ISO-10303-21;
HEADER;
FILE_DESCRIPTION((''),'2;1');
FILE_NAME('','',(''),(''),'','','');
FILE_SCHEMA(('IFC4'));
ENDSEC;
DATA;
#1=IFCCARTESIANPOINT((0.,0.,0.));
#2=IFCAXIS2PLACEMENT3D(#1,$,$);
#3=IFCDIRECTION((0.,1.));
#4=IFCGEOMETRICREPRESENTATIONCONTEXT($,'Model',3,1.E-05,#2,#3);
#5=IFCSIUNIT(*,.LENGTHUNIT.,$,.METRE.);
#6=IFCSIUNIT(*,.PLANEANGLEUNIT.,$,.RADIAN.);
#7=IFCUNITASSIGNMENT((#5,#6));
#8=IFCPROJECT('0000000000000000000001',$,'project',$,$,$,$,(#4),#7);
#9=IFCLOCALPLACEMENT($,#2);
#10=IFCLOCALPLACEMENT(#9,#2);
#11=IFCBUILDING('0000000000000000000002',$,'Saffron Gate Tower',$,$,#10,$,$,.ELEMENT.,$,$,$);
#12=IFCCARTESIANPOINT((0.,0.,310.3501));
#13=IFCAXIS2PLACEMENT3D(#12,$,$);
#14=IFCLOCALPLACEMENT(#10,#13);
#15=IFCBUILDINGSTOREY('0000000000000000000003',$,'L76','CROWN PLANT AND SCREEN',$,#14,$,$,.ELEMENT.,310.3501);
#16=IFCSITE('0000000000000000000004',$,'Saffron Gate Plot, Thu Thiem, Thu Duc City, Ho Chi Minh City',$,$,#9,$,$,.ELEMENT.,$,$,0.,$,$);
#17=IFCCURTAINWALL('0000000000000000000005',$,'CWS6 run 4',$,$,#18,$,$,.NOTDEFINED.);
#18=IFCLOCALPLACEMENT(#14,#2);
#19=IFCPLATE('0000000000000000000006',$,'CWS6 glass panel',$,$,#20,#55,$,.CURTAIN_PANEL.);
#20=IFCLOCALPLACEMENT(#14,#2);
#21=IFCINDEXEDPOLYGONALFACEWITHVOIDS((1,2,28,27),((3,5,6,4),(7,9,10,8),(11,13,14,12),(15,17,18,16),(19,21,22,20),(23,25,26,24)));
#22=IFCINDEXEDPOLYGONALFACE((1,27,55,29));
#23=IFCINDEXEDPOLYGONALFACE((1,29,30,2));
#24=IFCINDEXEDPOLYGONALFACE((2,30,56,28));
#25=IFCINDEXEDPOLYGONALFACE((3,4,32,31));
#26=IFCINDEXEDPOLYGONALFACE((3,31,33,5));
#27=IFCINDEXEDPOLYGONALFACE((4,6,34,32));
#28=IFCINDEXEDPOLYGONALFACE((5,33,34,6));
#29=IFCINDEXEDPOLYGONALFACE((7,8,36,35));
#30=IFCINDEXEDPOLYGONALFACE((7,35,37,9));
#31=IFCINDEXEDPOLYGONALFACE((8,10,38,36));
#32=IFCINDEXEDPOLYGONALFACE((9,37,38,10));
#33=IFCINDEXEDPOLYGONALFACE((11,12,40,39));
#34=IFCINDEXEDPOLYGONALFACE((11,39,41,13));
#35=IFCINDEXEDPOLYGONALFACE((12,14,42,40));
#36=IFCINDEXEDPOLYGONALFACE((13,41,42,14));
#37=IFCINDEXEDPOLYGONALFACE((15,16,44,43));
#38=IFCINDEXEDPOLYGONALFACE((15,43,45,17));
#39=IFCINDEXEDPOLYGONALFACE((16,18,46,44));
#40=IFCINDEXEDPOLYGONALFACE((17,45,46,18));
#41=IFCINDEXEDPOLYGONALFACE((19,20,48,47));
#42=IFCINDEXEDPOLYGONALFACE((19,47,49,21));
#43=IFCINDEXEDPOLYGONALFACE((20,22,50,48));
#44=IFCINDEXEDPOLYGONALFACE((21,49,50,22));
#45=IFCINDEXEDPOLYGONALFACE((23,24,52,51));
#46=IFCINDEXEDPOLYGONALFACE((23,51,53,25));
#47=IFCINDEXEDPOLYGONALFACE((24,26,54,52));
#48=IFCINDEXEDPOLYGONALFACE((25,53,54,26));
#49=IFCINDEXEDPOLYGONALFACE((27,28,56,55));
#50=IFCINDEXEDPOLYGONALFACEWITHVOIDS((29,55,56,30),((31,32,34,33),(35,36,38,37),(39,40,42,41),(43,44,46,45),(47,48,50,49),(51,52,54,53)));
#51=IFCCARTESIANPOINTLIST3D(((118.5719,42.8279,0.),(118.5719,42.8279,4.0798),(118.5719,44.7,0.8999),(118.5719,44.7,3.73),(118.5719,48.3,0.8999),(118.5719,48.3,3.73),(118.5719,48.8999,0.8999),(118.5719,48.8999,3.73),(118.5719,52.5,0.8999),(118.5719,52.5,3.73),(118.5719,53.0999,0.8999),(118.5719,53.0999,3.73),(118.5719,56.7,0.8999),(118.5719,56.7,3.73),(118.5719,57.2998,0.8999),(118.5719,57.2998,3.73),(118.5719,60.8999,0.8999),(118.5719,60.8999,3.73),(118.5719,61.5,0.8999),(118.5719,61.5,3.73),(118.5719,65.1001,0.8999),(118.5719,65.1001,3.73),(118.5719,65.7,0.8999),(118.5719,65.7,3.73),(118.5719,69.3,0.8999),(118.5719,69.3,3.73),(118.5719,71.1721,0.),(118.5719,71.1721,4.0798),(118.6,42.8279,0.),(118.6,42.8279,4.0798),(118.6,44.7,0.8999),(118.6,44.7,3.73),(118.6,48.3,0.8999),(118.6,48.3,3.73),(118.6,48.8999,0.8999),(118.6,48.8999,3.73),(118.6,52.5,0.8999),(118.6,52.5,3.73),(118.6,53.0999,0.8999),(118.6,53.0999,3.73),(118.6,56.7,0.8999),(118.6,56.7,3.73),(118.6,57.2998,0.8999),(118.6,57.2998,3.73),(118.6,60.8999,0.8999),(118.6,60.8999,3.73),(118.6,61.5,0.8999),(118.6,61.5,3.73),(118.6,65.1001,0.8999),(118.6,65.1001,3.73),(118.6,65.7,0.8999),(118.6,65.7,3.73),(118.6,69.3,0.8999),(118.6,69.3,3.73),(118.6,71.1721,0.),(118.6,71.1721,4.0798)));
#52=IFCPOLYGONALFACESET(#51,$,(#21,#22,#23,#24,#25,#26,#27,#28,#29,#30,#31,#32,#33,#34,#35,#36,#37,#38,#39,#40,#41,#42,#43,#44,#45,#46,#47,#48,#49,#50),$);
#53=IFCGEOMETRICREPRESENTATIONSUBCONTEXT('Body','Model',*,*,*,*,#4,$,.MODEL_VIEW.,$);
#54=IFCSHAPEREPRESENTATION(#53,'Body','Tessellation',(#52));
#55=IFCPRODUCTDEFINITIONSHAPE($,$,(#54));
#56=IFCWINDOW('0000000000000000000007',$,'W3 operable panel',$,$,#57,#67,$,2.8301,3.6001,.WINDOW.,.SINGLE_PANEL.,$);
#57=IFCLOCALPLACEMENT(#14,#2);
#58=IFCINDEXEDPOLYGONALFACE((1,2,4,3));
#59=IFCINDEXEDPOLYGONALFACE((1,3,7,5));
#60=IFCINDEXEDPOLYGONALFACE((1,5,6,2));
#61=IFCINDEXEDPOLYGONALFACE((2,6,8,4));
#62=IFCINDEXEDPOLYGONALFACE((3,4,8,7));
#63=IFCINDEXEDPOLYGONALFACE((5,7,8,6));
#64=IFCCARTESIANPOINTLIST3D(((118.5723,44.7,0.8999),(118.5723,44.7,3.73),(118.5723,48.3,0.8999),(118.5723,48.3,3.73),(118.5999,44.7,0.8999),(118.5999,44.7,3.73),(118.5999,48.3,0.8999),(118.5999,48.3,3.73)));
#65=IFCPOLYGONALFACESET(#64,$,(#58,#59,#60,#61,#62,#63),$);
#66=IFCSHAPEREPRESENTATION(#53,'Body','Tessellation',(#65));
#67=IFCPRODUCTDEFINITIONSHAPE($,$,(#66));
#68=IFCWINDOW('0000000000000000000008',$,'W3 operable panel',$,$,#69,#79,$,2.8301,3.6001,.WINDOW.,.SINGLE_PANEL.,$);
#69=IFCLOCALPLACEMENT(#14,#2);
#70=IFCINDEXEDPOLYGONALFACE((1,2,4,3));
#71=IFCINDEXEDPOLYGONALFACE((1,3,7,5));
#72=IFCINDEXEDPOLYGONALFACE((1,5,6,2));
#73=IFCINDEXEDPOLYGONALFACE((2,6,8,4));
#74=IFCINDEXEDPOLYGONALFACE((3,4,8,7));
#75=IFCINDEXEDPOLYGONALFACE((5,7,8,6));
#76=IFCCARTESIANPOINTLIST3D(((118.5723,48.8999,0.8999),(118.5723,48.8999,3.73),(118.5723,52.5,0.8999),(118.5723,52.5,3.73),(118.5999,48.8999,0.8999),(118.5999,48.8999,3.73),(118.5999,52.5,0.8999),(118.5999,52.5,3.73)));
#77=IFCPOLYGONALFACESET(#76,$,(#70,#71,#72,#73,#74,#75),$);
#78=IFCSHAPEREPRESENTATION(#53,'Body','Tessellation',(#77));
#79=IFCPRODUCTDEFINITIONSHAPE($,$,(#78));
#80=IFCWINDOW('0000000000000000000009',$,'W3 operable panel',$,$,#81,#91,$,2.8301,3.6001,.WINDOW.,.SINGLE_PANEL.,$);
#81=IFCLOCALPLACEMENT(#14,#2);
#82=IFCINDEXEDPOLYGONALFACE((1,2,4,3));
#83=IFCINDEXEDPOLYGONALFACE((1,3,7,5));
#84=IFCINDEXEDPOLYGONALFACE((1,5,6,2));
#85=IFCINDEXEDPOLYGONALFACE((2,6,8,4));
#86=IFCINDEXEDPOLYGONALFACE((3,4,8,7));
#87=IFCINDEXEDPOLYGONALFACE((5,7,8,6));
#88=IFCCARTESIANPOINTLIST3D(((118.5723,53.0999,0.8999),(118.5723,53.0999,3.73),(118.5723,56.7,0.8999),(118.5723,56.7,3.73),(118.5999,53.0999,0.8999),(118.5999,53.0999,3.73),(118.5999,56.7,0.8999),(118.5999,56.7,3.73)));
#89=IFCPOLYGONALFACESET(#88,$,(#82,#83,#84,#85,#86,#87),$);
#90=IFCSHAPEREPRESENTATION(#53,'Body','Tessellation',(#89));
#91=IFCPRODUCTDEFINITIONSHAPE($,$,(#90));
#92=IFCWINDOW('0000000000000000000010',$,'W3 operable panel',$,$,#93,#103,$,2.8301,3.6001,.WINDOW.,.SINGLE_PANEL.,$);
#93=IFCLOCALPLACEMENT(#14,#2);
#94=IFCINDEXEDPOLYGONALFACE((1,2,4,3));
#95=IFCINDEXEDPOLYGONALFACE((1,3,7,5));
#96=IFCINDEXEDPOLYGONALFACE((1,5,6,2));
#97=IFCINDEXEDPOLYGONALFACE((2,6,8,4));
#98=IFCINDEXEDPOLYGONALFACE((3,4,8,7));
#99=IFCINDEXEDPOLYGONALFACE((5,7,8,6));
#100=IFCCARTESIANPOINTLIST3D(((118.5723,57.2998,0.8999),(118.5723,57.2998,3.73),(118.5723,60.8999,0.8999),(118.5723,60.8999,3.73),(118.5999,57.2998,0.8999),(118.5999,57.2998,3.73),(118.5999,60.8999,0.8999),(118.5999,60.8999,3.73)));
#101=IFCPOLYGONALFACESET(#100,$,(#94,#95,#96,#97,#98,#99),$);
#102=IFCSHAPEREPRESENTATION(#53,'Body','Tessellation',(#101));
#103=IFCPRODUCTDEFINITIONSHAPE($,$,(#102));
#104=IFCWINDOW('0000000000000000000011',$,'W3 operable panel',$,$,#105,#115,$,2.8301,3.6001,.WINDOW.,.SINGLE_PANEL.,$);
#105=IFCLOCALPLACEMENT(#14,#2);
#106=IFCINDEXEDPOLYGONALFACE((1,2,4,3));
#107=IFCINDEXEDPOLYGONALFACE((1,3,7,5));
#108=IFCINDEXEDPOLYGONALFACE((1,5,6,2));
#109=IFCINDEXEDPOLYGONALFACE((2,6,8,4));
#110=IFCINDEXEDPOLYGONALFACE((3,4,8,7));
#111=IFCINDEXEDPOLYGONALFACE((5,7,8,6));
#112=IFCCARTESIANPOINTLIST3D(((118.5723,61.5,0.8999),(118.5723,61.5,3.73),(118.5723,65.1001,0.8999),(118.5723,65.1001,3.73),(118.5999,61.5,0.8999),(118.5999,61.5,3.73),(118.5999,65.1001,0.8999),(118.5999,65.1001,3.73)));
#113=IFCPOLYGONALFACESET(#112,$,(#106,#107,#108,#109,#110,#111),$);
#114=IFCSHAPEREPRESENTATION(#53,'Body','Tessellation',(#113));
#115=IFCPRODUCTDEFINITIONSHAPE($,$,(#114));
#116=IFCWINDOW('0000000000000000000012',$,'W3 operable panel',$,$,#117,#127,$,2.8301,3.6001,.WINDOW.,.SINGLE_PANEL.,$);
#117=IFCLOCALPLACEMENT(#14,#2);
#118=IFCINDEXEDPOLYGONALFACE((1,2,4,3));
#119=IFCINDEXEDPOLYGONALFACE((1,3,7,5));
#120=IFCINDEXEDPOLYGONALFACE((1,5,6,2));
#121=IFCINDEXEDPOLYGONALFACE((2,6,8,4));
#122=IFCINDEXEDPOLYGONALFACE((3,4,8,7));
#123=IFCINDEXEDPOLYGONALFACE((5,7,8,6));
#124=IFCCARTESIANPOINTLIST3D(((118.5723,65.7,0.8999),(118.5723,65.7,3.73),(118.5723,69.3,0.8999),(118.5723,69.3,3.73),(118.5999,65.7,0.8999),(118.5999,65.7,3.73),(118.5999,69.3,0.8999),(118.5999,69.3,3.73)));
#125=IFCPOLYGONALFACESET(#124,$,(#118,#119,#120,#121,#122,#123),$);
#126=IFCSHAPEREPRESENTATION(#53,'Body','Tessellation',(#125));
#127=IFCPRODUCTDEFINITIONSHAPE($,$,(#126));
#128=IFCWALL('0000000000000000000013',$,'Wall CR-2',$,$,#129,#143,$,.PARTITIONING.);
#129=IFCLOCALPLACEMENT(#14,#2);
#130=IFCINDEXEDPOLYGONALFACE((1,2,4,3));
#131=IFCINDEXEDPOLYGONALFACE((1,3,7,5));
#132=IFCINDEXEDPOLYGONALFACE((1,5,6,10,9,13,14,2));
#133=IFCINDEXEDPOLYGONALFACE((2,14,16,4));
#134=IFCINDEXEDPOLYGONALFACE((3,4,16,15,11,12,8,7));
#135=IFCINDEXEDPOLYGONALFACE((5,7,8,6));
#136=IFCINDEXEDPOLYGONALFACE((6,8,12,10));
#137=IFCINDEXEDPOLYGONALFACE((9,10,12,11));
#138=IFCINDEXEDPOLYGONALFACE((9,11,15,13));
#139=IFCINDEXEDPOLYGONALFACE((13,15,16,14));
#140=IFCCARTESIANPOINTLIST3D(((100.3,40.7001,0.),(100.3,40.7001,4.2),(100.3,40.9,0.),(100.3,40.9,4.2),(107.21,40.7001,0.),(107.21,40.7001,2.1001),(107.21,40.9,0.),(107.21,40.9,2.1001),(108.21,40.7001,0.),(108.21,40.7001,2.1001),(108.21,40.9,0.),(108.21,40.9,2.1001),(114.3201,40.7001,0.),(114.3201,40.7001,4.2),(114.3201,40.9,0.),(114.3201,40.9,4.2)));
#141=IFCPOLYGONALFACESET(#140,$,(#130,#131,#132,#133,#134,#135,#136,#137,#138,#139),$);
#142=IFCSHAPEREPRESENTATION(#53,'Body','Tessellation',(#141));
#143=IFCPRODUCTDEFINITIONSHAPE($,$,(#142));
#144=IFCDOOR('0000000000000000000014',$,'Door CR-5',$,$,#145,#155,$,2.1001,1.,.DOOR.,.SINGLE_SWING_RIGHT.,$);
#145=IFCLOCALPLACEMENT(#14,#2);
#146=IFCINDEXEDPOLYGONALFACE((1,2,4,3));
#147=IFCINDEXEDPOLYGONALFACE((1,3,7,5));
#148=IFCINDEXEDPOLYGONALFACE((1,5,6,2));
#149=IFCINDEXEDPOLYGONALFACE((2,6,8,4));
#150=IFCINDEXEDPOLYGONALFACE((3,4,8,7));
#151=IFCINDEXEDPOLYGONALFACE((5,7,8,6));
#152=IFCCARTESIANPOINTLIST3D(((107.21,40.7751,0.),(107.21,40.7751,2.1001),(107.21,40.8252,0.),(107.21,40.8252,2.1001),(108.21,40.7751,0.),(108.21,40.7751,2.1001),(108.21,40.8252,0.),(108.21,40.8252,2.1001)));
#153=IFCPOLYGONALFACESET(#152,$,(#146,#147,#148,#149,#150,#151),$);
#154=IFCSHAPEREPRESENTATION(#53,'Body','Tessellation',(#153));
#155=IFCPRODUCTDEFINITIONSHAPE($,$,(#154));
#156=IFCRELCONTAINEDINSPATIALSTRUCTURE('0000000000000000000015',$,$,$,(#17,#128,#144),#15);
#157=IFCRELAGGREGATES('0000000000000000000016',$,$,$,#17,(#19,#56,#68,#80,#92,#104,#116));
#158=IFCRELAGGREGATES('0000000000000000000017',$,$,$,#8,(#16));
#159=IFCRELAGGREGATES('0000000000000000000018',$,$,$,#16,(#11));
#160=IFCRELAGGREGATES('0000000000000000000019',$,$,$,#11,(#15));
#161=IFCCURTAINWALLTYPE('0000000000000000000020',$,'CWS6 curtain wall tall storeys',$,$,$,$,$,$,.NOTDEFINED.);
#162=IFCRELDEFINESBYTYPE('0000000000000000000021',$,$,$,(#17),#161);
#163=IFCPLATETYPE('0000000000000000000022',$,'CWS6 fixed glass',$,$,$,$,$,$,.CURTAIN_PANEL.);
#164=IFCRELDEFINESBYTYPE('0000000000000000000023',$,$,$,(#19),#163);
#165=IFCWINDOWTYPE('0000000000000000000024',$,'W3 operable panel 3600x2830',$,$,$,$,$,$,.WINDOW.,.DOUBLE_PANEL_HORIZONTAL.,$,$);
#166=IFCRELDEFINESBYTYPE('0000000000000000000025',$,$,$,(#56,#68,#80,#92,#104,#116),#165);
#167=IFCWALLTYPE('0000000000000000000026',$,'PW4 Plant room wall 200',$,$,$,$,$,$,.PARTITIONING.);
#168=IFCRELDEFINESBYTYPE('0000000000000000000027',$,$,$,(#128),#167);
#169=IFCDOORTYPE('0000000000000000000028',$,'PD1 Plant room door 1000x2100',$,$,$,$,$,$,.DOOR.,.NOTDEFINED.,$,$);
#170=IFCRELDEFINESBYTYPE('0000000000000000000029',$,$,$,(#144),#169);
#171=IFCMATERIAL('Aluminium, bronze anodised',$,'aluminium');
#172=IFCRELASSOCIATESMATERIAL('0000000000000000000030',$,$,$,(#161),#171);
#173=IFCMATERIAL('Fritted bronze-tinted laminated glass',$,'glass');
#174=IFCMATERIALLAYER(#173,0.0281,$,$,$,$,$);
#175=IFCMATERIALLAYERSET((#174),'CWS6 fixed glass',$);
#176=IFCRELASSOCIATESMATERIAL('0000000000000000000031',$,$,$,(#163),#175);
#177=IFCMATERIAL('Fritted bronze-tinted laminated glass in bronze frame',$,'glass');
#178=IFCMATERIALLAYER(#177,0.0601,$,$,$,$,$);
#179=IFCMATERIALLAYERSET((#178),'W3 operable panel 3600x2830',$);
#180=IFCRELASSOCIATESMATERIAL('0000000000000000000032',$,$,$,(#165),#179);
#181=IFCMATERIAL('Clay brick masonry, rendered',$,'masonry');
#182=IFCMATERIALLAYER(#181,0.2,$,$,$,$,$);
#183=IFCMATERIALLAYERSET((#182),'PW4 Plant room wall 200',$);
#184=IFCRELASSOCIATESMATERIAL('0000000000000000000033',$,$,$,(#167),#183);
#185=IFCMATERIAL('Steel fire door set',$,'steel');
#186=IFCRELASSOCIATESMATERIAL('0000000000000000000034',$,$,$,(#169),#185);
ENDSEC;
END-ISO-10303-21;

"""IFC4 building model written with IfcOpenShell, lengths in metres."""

from ifc_helpers import new_model, si_unit, direction, frame, frame_2d, origin, place, context, subcontext, project, spatial, rectangle, extrude, material, layer, layer_set, type_object, element, fill, aggregate, save


model = new_model("IFC4")

# Units and contexts
model_context = context("Model", 3, precision=1e-05, world=origin(), true_north=direction((0.0, 1.0)))
body_context = subcontext(model_context, "Body", "Model", "MODEL_VIEW")
ifc_project = project(units=[si_unit("LENGTHUNIT", "METRE"), si_unit("PLANEANGLEUNIT", "RADIAN")], contexts=[model_context])

# Site, building, storey
site_placement = place(None, origin())
site = spatial("IfcSite", under=ifc_project, at=site_placement, Name="Saffron Gate Plot, Thu Thiem, Thu Duc City, Ho Chi Minh City", CompositionType="ELEMENT", RefElevation=0.0)
building_placement = place(site_placement, origin())
building = spatial("IfcBuilding", under=site, at=building_placement, Name="Saffron Gate Tower", CompositionType="ELEMENT")
storey_placement = place(building_placement, frame((0.0, 0.0, 310.3501)))
storey = spatial("IfcBuildingStorey", under=building, at=storey_placement, Name="L76", Description="CROWN PLANT AND SCREEN", CompositionType="ELEMENT", Elevation=310.3501)

# Curtain wall
ifc_material_1 = material(Name="Aluminium, bronze anodised", Category="aluminium")
curtain_wall_type = type_object("IfcCurtainWallType", Name="CWS6 curtain wall tall storeys", PredefinedType="NOTDEFINED", material=ifc_material_1)
curtain_wall_1_placement = place(storey_placement, origin())
curtain_wall_1 = element("IfcCurtainWall", 1, at=curtain_wall_1_placement, inside=storey, type_object=curtain_wall_type, Name="CWS6 run 4", PredefinedType="NOTDEFINED")

# Shared definitions
ifc_material_2 = material(Name="Fritted bronze-tinted laminated glass", Category="glass")
ifc_layer_1 = layer(ifc_material_2, 0.0281)
ifc_layer_set_1 = layer_set([ifc_layer_1], Name="CWS6 fixed glass")
plate_type = type_object("IfcPlateType", Name="CWS6 fixed glass", PredefinedType="CURTAIN_PANEL", material=ifc_layer_set_1)

# Plate, openings, windows
plate_1_placement = place(storey_placement, frame((118.5859, 42.8279, 0.0), z_axis=(0.0, 0.0, 1.0), x_axis=(0.0, 1.0, 0.0)))
plate_1 = element("IfcPlate", 2, at=plate_1_placement, type_object=plate_type, Name="CWS6 glass panel", PredefinedType="CURTAIN_PANEL", context=body_context, shape_type="SweptSolid", body=[
    extrude(rectangle(XDim=28.3442, YDim=0.0281, at=frame_2d((14.1721, 0.0))), origin(), (0.0, 0.0, 1.0), 4.0798),
])
opening_1_placement = place(plate_1_placement, frame((1.8721, 0.0, 0.8999)))
opening_1 = element("IfcOpeningElement", 3, at=opening_1_placement, cuts=plate_1, PredefinedType="OPENING", context=body_context, shape_type="SweptSolid", body=[
    extrude(rectangle(XDim=3.6001, YDim=2.8301, at=frame_2d((1.8, 1.415))), frame((0.0, 0.0239, 0.0), z_axis=(0.0, -1.0, 0.0), x_axis=(1.0, 0.0, 0.0)), (0.0, 0.0, 1.0), 0.0481),
])
opening_2_placement = place(plate_1_placement, frame((6.072, 0.0, 0.8999)))
opening_2 = element("IfcOpeningElement", 4, at=opening_2_placement, cuts=plate_1, PredefinedType="OPENING", context=body_context, shape_type="SweptSolid", body=[
    extrude(rectangle(XDim=3.6001, YDim=2.8301, at=frame_2d((1.8, 1.415))), frame((0.0, 0.0239, 0.0), z_axis=(0.0, -1.0, 0.0), x_axis=(1.0, 0.0, 0.0)), (0.0, 0.0, 1.0), 0.0481),
])
opening_3_placement = place(plate_1_placement, frame((10.272, 0.0, 0.8999)))
opening_3 = element("IfcOpeningElement", 5, at=opening_3_placement, cuts=plate_1, PredefinedType="OPENING", context=body_context, shape_type="SweptSolid", body=[
    extrude(rectangle(XDim=3.6001, YDim=2.8301, at=frame_2d((1.8, 1.415))), frame((0.0, 0.0239, 0.0), z_axis=(0.0, -1.0, 0.0), x_axis=(1.0, 0.0, 0.0)), (0.0, 0.0, 1.0), 0.0481),
])
opening_4_placement = place(plate_1_placement, frame((14.4719, 0.0, 0.8999)))
opening_4 = element("IfcOpeningElement", 6, at=opening_4_placement, cuts=plate_1, PredefinedType="OPENING", context=body_context, shape_type="SweptSolid", body=[
    extrude(rectangle(XDim=3.6001, YDim=2.8301, at=frame_2d((1.8, 1.415))), frame((0.0, 0.0239, 0.0), z_axis=(0.0, -1.0, 0.0), x_axis=(1.0, 0.0, 0.0)), (0.0, 0.0, 1.0), 0.0481),
])
opening_5_placement = place(plate_1_placement, frame((18.6721, 0.0, 0.8999)))
opening_5 = element("IfcOpeningElement", 7, at=opening_5_placement, cuts=plate_1, PredefinedType="OPENING", context=body_context, shape_type="SweptSolid", body=[
    extrude(rectangle(XDim=3.6001, YDim=2.8301, at=frame_2d((1.8, 1.415))), frame((0.0, 0.0239, 0.0), z_axis=(0.0, -1.0, 0.0), x_axis=(1.0, 0.0, 0.0)), (0.0, 0.0, 1.0), 0.0481),
])
opening_6_placement = place(plate_1_placement, frame((22.8721, 0.0, 0.8999)))
opening_6 = element("IfcOpeningElement", 8, at=opening_6_placement, cuts=plate_1, PredefinedType="OPENING", context=body_context, shape_type="SweptSolid", body=[
    extrude(rectangle(XDim=3.6001, YDim=2.8301, at=frame_2d((1.8, 1.415))), frame((0.0, 0.0239, 0.0), z_axis=(0.0, -1.0, 0.0), x_axis=(1.0, 0.0, 0.0)), (0.0, 0.0, 1.0), 0.0481),
])
ifc_material_3 = material(Name="Fritted bronze-tinted laminated glass in bronze frame", Category="glass")
ifc_layer_2 = layer(ifc_material_3, 0.0601)
ifc_layer_set_2 = layer_set([ifc_layer_2], Name="W3 operable panel 3600x2830")
window_type = type_object("IfcWindowType", Name="W3 operable panel 3600x2830", PartitioningType="DOUBLE_PANEL_HORIZONTAL", PredefinedType="WINDOW", material=ifc_layer_set_2)
window_1_placement = place(opening_1_placement, origin())
window_1 = element("IfcWindow", 9, at=window_1_placement, type_object=window_type, Name="W3 operable panel", OverallHeight=2.8301, OverallWidth=3.6001, PartitioningType="SINGLE_PANEL", PredefinedType="WINDOW", context=body_context, shape_type="SweptSolid", body=[
    extrude(rectangle(XDim=3.6001, YDim=2.8301, at=frame_2d((1.8, 1.415))), frame((0.0, 0.0137, 0.0), z_axis=(0.0, -1.0, 0.0), x_axis=(1.0, 0.0, 0.0)), (0.0, 0.0, 1.0), 0.0276),
])
fill(opening_1, window_1)
window_2_placement = place(opening_2_placement, origin())
window_2 = element("IfcWindow", 10, at=window_2_placement, type_object=window_type, Name="W3 operable panel", OverallHeight=2.8301, OverallWidth=3.6001, PartitioningType="SINGLE_PANEL", PredefinedType="WINDOW", context=body_context, shape_type="SweptSolid", body=[
    extrude(rectangle(XDim=3.6001, YDim=2.8301, at=frame_2d((1.8, 1.415))), frame((0.0, 0.0137, 0.0), z_axis=(0.0, -1.0, 0.0), x_axis=(1.0, 0.0, 0.0)), (0.0, 0.0, 1.0), 0.0276),
])
fill(opening_2, window_2)
window_3_placement = place(opening_3_placement, origin())
window_3 = element("IfcWindow", 11, at=window_3_placement, type_object=window_type, Name="W3 operable panel", OverallHeight=2.8301, OverallWidth=3.6001, PartitioningType="SINGLE_PANEL", PredefinedType="WINDOW", context=body_context, shape_type="SweptSolid", body=[
    extrude(rectangle(XDim=3.6001, YDim=2.8301, at=frame_2d((1.8, 1.415))), frame((0.0, 0.0137, 0.0), z_axis=(0.0, -1.0, 0.0), x_axis=(1.0, 0.0, 0.0)), (0.0, 0.0, 1.0), 0.0276),
])
fill(opening_3, window_3)
window_4_placement = place(opening_4_placement, origin())
window_4 = element("IfcWindow", 12, at=window_4_placement, type_object=window_type, Name="W3 operable panel", OverallHeight=2.8301, OverallWidth=3.6001, PartitioningType="SINGLE_PANEL", PredefinedType="WINDOW", context=body_context, shape_type="SweptSolid", body=[
    extrude(rectangle(XDim=3.6001, YDim=2.8301, at=frame_2d((1.8, 1.415))), frame((0.0, 0.0137, 0.0), z_axis=(0.0, -1.0, 0.0), x_axis=(1.0, 0.0, 0.0)), (0.0, 0.0, 1.0), 0.0276),
])
fill(opening_4, window_4)
window_5_placement = place(opening_5_placement, origin())
window_5 = element("IfcWindow", 13, at=window_5_placement, type_object=window_type, Name="W3 operable panel", OverallHeight=2.8301, OverallWidth=3.6001, PartitioningType="SINGLE_PANEL", PredefinedType="WINDOW", context=body_context, shape_type="SweptSolid", body=[
    extrude(rectangle(XDim=3.6001, YDim=2.8301, at=frame_2d((1.8, 1.415))), frame((0.0, 0.0137, 0.0), z_axis=(0.0, -1.0, 0.0), x_axis=(1.0, 0.0, 0.0)), (0.0, 0.0, 1.0), 0.0276),
])
fill(opening_5, window_5)
window_6_placement = place(opening_6_placement, origin())
window_6 = element("IfcWindow", 14, at=window_6_placement, type_object=window_type, Name="W3 operable panel", OverallHeight=2.8301, OverallWidth=3.6001, PartitioningType="SINGLE_PANEL", PredefinedType="WINDOW", context=body_context, shape_type="SweptSolid", body=[
    extrude(rectangle(XDim=3.6001, YDim=2.8301, at=frame_2d((1.8, 1.415))), frame((0.0, 0.0137, 0.0), z_axis=(0.0, -1.0, 0.0), x_axis=(1.0, 0.0, 0.0)), (0.0, 0.0, 1.0), 0.0276),
])
fill(opening_6, window_6)
aggregate(curtain_wall_1, [plate_1, window_1, window_2, window_3, window_4, window_5, window_6])

# Wall, opening, door
ifc_material_4 = material(Name="Clay brick masonry, rendered", Category="masonry")
ifc_layer_3 = layer(ifc_material_4, 0.2)
ifc_layer_set_3 = layer_set([ifc_layer_3], Name="PW4 Plant room wall 200")
wall_type_1 = type_object("IfcWallType", Name="PW4 Plant room wall 200", PredefinedType="PARTITIONING", material=ifc_layer_set_3)
wall_1_placement = place(storey_placement, frame((114.3201, 40.8, 0.0), z_axis=(0.0, 0.0, 1.0), x_axis=(-1.0, 0.0, 0.0)))
wall_1 = element("IfcWall", 15, at=wall_1_placement, inside=storey, type_object=wall_type_1, Name="Wall CR-2", PredefinedType="PARTITIONING", context=body_context, shape_type="SweptSolid", body=[
    extrude(rectangle(XDim=14.02, YDim=0.2, at=frame_2d((7.01, 0.0))), origin(), (0.0, 0.0, 1.0), 4.2),
])
opening_7_placement = place(wall_1_placement, frame((6.1101, 0.0, 0.0)))
opening_7 = element("IfcOpeningElement", 16, at=opening_7_placement, cuts=wall_1, PredefinedType="OPENING", context=body_context, shape_type="SweptSolid", body=[
    extrude(rectangle(XDim=1.0, YDim=2.1001, at=frame_2d((0.5, 1.05))), frame((0.0, 0.1099, 0.0), z_axis=(0.0, -1.0, 0.0), x_axis=(1.0, 0.0, 0.0)), (0.0, 0.0, 1.0), 0.22),
])
ifc_material_5 = material(Name="Steel fire door set", Category="steel")
door_type = type_object("IfcDoorType", Name="PD1 Plant room door 1000x2100", OperationType="NOTDEFINED", PredefinedType="DOOR", material=ifc_material_5)
door_placement = place(opening_7_placement, origin())
door = element("IfcDoor", 17, at=door_placement, inside=storey, type_object=door_type, Name="Door CR-5", OperationType="SINGLE_SWING_RIGHT", OverallHeight=2.1001, OverallWidth=1.0, PredefinedType="DOOR", context=body_context, shape_type="SweptSolid", body=[
    extrude(rectangle(XDim=1.0, YDim=2.1001, at=frame_2d((0.5, 1.05))), frame((0.0, 0.0249, 0.0), z_axis=(0.0, -1.0, 0.0), x_axis=(1.0, 0.0, 0.0)), (0.0, 0.0, 1.0), 0.05),
])
fill(opening_7, door)

save(model, "model.ifc")
